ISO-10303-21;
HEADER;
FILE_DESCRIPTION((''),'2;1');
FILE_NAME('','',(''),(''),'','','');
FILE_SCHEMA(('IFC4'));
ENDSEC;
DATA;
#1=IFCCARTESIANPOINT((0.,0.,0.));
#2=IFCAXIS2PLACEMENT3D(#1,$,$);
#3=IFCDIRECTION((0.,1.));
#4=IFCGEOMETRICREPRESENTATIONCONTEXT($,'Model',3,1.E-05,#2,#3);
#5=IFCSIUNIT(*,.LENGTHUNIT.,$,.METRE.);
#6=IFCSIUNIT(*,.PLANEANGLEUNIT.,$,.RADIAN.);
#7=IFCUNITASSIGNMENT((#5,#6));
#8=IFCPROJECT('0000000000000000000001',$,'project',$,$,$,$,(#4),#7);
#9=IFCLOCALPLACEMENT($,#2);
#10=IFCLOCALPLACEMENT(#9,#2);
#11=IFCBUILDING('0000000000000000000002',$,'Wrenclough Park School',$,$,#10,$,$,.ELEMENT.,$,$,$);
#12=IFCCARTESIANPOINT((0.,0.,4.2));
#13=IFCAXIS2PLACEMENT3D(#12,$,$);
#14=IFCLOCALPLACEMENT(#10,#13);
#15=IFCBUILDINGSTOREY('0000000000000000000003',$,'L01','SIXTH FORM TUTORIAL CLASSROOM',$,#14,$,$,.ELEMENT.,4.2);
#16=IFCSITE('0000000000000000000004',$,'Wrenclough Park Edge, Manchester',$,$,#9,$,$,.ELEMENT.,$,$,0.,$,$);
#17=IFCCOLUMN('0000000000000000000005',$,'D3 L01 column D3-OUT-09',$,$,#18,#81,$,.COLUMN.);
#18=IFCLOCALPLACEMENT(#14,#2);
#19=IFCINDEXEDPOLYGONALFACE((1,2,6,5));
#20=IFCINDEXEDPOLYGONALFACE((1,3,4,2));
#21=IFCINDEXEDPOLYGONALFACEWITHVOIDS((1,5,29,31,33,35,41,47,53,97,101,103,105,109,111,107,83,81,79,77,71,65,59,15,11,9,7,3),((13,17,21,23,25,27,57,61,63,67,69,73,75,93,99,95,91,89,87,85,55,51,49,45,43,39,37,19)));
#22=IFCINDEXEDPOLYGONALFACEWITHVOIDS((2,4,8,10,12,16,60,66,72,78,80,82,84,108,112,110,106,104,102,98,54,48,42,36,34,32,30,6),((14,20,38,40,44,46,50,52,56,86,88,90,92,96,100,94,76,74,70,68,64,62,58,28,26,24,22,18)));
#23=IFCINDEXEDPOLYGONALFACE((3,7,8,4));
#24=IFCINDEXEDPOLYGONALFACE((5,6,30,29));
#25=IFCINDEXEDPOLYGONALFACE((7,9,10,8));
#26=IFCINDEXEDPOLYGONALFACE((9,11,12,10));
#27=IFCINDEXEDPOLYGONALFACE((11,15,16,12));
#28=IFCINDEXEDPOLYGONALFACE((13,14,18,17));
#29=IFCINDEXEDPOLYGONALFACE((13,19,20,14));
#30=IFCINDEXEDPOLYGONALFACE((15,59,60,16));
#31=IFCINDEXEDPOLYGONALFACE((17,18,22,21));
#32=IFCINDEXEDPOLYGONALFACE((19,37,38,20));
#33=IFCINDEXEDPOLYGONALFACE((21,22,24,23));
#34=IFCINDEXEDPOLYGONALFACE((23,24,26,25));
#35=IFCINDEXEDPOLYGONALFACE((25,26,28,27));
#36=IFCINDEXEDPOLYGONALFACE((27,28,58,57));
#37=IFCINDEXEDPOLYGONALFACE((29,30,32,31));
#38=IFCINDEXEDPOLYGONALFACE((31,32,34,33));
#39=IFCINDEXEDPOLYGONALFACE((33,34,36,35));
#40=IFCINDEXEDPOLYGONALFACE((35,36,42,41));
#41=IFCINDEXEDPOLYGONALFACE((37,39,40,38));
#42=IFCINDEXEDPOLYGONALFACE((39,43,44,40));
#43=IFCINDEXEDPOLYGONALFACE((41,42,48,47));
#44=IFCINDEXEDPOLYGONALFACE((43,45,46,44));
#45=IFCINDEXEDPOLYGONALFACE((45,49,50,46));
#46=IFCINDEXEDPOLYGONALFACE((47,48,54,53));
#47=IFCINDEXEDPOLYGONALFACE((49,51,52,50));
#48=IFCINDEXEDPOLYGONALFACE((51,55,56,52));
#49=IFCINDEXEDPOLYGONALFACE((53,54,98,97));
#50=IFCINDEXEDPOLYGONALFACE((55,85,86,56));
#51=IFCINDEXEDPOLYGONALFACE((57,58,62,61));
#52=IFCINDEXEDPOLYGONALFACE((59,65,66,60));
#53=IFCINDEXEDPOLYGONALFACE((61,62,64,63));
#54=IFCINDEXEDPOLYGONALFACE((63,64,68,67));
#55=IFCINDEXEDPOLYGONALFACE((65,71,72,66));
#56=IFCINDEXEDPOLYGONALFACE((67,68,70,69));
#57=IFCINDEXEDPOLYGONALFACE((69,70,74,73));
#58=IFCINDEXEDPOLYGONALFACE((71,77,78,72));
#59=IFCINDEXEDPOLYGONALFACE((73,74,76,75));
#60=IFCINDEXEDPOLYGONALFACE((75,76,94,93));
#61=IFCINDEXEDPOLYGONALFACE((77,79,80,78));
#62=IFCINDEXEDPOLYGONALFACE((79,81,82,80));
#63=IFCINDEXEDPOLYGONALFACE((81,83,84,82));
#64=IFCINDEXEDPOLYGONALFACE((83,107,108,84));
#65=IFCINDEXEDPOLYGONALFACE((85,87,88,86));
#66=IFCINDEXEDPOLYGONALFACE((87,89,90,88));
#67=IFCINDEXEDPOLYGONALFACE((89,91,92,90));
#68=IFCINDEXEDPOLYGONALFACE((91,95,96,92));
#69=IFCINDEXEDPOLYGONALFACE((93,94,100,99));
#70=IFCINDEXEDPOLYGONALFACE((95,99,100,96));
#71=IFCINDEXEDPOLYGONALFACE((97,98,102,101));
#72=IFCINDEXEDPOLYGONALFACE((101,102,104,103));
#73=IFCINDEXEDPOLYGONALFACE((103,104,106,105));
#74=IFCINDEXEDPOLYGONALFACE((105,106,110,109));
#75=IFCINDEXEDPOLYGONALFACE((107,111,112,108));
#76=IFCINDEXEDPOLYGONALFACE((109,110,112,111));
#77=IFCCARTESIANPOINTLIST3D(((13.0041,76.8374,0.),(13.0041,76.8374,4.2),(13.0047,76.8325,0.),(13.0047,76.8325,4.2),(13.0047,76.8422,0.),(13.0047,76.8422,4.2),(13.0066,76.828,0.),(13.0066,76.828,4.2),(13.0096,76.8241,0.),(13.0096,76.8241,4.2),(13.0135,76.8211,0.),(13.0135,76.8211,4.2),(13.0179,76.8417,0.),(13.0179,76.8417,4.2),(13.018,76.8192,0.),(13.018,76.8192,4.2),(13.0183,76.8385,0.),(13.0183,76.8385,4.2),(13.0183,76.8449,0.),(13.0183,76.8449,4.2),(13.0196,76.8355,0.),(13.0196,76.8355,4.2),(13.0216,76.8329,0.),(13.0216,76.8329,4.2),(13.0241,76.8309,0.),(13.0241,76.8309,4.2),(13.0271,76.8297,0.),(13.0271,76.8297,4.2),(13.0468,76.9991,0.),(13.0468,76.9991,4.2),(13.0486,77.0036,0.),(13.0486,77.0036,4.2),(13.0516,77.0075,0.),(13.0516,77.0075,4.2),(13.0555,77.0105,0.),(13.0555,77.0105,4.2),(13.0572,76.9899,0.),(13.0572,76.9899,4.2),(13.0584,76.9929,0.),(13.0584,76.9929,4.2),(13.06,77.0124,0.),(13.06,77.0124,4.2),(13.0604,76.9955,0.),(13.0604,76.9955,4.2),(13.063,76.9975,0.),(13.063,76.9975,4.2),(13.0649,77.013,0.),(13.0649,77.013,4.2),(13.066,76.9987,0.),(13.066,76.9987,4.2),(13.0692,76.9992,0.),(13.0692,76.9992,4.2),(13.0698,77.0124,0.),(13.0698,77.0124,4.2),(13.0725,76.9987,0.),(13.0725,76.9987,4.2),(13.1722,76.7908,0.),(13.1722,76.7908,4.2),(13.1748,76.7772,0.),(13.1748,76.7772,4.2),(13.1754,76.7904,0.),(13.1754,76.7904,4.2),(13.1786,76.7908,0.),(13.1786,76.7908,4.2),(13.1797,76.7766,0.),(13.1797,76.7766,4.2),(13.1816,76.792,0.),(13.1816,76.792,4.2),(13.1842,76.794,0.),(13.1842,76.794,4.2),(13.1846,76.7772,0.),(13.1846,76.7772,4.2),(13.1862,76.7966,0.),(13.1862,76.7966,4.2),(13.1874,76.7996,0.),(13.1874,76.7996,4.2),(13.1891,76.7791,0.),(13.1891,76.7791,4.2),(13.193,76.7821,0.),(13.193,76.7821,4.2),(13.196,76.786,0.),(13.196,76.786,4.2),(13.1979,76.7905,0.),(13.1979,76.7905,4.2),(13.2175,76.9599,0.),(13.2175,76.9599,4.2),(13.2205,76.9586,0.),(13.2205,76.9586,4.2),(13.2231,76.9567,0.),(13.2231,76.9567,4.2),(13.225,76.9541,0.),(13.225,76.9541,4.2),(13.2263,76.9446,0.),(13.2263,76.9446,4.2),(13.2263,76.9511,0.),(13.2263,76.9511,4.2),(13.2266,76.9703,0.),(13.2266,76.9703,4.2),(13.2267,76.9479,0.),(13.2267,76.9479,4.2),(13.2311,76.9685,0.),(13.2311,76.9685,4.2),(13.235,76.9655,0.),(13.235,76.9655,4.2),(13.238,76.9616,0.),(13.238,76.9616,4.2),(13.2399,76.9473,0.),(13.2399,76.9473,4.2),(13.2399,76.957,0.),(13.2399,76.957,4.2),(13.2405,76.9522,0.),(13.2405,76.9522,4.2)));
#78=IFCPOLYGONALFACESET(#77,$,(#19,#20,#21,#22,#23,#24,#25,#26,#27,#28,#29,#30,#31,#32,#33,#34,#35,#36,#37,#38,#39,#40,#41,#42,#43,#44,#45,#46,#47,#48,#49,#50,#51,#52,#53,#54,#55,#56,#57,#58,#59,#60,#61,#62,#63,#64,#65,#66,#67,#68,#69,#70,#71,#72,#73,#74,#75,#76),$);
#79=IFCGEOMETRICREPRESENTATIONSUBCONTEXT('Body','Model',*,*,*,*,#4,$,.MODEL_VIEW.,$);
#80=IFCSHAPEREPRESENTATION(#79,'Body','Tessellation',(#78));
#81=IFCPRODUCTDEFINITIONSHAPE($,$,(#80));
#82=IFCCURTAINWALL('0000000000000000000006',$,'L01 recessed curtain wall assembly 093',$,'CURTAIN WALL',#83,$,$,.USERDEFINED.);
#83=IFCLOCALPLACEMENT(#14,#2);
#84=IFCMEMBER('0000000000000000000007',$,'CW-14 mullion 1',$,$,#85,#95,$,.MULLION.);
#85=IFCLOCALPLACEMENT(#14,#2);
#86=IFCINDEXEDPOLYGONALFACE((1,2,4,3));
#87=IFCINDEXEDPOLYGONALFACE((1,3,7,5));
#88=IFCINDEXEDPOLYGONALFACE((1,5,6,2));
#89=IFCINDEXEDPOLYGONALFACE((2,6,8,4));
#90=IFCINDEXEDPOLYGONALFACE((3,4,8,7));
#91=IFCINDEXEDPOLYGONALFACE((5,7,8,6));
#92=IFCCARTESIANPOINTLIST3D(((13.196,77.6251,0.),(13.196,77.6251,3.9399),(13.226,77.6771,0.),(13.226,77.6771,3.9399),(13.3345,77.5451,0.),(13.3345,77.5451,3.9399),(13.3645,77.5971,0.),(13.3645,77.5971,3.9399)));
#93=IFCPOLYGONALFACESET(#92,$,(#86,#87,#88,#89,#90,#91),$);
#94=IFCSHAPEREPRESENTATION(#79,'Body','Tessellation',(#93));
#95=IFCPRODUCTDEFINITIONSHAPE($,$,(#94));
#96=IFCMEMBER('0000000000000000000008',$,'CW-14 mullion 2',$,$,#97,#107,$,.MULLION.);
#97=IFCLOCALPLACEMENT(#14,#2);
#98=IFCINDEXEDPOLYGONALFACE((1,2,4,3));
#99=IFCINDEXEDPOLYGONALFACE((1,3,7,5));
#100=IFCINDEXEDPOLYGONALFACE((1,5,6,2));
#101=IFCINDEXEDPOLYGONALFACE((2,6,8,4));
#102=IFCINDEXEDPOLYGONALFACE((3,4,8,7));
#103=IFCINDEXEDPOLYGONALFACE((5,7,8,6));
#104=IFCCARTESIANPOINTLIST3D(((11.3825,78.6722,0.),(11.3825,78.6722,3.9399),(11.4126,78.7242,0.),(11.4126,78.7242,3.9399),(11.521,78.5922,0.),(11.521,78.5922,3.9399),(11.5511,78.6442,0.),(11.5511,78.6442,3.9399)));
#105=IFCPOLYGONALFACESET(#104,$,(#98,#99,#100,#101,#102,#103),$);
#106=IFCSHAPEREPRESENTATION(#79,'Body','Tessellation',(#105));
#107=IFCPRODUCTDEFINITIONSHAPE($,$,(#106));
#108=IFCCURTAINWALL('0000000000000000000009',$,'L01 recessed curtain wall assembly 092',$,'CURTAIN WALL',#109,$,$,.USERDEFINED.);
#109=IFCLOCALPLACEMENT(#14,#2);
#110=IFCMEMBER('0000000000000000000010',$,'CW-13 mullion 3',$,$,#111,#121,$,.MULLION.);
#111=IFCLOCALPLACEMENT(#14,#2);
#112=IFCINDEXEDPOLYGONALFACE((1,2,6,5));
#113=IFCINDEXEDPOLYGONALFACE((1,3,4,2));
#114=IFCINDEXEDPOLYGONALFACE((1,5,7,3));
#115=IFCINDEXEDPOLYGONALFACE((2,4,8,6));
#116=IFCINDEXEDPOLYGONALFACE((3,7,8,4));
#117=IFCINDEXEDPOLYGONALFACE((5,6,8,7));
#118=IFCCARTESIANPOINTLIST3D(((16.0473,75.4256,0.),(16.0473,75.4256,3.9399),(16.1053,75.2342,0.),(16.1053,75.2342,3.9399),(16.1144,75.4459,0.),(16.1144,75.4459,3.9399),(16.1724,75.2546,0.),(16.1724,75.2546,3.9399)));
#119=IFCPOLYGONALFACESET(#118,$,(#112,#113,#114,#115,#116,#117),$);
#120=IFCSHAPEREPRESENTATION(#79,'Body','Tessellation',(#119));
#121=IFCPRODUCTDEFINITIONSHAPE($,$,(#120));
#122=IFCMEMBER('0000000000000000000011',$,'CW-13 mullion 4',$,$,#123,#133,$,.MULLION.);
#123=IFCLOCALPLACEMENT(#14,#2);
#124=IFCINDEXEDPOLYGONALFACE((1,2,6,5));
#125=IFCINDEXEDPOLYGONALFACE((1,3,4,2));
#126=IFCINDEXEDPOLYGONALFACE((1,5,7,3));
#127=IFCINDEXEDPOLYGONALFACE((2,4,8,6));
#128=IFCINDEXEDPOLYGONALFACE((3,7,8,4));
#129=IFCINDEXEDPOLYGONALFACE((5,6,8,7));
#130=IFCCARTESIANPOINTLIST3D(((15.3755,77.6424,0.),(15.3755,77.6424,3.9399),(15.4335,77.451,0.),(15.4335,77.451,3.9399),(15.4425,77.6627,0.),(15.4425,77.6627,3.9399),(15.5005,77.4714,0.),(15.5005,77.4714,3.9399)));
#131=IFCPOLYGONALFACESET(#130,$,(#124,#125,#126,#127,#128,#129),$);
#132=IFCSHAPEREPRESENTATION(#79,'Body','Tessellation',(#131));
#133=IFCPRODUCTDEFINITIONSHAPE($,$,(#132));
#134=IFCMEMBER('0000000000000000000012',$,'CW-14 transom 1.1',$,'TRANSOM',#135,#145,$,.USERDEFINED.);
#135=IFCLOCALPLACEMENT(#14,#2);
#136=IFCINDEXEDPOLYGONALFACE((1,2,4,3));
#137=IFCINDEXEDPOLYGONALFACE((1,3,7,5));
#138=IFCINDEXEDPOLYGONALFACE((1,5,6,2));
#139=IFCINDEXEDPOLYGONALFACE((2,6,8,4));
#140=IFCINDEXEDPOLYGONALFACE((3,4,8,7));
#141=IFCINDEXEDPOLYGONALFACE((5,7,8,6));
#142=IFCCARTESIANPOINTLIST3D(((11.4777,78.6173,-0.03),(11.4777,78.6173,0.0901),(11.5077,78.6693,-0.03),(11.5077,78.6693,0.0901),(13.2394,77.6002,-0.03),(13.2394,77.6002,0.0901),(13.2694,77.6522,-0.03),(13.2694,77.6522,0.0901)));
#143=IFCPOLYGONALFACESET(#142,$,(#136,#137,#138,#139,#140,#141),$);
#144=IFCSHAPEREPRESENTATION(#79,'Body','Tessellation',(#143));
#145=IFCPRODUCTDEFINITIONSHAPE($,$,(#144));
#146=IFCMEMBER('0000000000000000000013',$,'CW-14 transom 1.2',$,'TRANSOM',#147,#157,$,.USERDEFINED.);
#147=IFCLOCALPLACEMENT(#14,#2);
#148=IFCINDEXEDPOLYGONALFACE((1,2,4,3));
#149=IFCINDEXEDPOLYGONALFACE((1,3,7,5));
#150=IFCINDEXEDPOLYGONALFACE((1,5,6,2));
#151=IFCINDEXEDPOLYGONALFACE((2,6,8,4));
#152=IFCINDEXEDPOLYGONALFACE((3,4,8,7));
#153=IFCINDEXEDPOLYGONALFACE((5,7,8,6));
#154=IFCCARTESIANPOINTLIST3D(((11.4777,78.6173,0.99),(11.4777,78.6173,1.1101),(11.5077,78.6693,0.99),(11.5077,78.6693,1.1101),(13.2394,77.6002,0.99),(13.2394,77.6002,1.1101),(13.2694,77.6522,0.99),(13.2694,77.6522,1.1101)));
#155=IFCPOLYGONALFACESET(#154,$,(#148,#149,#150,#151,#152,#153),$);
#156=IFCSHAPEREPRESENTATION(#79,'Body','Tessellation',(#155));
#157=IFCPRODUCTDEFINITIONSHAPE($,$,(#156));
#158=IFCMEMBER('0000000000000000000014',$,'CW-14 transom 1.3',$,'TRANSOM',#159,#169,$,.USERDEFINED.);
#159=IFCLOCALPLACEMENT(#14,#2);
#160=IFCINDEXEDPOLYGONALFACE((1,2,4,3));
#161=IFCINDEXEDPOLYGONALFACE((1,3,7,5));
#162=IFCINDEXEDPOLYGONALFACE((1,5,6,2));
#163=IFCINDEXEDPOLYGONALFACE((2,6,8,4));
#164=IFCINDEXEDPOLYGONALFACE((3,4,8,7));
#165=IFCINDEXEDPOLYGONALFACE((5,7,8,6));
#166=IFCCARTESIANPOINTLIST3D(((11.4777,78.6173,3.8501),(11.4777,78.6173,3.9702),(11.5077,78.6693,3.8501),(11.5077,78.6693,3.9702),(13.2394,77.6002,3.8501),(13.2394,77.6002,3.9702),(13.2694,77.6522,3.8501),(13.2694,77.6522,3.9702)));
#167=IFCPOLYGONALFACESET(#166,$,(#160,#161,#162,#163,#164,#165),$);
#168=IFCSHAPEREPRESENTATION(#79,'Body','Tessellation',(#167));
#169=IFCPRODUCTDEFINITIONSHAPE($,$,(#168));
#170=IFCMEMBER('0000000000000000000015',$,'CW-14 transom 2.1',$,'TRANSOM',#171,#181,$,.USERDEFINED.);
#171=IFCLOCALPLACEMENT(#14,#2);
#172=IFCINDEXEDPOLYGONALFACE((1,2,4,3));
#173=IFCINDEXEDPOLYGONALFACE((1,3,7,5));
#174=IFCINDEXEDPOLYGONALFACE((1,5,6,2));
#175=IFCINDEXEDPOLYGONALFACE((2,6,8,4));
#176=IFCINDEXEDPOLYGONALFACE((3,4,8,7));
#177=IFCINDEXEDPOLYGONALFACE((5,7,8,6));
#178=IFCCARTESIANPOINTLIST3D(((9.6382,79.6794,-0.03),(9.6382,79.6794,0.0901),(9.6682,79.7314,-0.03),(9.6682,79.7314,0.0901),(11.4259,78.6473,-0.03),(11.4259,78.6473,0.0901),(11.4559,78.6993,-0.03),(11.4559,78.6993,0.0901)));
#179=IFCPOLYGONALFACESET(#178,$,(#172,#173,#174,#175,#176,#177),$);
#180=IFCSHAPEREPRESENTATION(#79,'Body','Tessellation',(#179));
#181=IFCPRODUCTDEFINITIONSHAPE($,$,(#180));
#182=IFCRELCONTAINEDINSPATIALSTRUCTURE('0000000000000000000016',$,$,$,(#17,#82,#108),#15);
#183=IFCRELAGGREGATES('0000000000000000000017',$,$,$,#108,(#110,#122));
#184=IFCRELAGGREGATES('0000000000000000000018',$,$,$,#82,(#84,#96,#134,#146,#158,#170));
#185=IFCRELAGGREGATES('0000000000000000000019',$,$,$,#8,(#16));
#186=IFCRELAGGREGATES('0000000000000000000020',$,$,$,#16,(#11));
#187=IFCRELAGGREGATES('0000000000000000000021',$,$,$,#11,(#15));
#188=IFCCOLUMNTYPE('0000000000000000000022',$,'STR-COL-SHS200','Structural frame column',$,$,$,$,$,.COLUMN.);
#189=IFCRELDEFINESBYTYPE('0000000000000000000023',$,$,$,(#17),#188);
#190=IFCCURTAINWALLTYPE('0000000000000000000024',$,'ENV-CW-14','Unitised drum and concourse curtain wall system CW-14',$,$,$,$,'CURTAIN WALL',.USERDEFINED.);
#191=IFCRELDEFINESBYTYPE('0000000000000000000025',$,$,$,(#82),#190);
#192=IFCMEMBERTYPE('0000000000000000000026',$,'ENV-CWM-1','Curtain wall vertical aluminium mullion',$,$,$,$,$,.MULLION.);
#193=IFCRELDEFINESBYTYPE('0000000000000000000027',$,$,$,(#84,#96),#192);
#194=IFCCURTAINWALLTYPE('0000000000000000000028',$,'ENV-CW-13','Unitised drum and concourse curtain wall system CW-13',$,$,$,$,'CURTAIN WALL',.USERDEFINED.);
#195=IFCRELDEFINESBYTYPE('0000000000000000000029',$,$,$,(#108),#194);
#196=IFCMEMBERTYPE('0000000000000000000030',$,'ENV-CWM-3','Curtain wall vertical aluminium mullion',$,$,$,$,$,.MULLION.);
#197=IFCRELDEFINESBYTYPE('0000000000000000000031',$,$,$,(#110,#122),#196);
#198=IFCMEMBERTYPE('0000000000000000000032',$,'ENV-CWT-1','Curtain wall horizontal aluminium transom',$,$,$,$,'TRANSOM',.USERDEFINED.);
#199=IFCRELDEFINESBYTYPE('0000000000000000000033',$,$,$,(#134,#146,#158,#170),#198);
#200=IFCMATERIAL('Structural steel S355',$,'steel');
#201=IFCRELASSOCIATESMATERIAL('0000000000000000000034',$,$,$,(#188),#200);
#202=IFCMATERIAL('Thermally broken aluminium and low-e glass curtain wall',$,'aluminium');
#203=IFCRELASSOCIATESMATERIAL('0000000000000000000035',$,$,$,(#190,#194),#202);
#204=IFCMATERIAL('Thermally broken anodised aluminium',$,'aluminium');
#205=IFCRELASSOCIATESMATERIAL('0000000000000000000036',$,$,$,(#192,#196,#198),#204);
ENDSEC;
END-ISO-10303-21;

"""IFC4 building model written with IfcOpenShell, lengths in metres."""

from ifc_helpers import new_model, si_unit, direction, frame, origin, origin_2d, place, context, subcontext, project, spatial, rectangle, hollow_rectangle, extrude, material, material_profile, profile_set, type_object, element, aggregate, save


model = new_model("IFC4")

# Units and contexts
model_context = context("Model", 3, precision=1e-05, world=origin(), true_north=direction((0.0, 1.0)))
body_context = subcontext(model_context, "Body", "Model", "MODEL_VIEW")
ifc_project = project(units=[si_unit("LENGTHUNIT", "METRE"), si_unit("PLANEANGLEUNIT", "RADIAN")], contexts=[model_context])

# Site, building, storey
site_placement = place(None, origin())
site = spatial("IfcSite", under=ifc_project, at=site_placement, Name="Wrenclough Park Edge, Manchester", CompositionType="ELEMENT", RefElevation=0.0)
building_placement = place(site_placement, origin())
building = spatial("IfcBuilding", under=site, at=building_placement, Name="Wrenclough Park School", CompositionType="ELEMENT")
storey_placement = place(building_placement, frame((0.0, 0.0, 4.2)))
storey = spatial("IfcBuildingStorey", under=building, at=storey_placement, Name="L01", Description="SIXTH FORM TUTORIAL CLASSROOM", CompositionType="ELEMENT", Elevation=4.2)

# Column
ifc_material_1 = material(Name="Structural steel S355", Category="steel")
ifc_material_profile_1 = material_profile(ifc_material_1, hollow_rectangle(XDim=0.2, YDim=0.2, WallThickness=0.0125, InnerFilletRadius=0.0125, OuterFilletRadius=0.0188, at=origin_2d()), Name="SHS 200x200x12.5")
ifc_profile_set_1 = profile_set([ifc_material_profile_1], Name="Structural steel S355")
column_type = type_object("IfcColumnType", Name="STR-COL-SHS200", Description="Structural frame column", PredefinedType="COLUMN", material=ifc_profile_set_1)
column_placement = place(storey_placement, frame((13.1223, 76.8948, 0.0), z_axis=(0.0, 0.0, 1.0), x_axis=(0.965926, -0.258819, 0.0)))
element("IfcColumn", 1, at=column_placement, inside=storey, type_object=column_type, Name="D3 L01 column D3-OUT-09", PredefinedType="COLUMN", context=body_context, shape_type="SweptSolid", body=[
    extrude(hollow_rectangle(XDim=0.2, YDim=0.2, WallThickness=0.0125, InnerFilletRadius=0.0125, OuterFilletRadius=0.0188, at=origin_2d()), origin(), (0.0, 0.0, 1.0), 4.2),
])

# Curtain walls, members
ifc_material_2 = material(Name="Thermally broken aluminium and low-e glass curtain wall", Category="aluminium")
curtain_wall_type_1 = type_object("IfcCurtainWallType", Name="ENV-CW-14", Description="Unitised drum and concourse curtain wall system CW-14", ElementType="CURTAIN WALL", PredefinedType="USERDEFINED", material=ifc_material_2)
curtain_wall_1_placement = place(storey_placement, origin())
curtain_wall_1 = element("IfcCurtainWall", 2, at=curtain_wall_1_placement, inside=storey, type_object=curtain_wall_type_1, Name="L01 recessed curtain wall assembly 093", ObjectType="CURTAIN WALL", PredefinedType="USERDEFINED")
ifc_material_3 = material(Name="Thermally broken anodised aluminium", Category="aluminium")
ifc_material_profile_2 = material_profile(ifc_material_3, rectangle(XDim=0.0601, YDim=0.1599, at=origin_2d()), Name="AL MULLION 60x160")
ifc_profile_set_2 = profile_set([ifc_material_profile_2], Name="Thermally broken anodised aluminium")
member_type_1 = type_object("IfcMemberType", Name="ENV-CWM-1", Description="Curtain wall vertical aluminium mullion", PredefinedType="MULLION", material=ifc_profile_set_2)
member_1_placement = place(storey_placement, frame((13.2803, 77.6111, 0.0), z_axis=(0.0, 0.0, 1.0), x_axis=(-0.499999, -0.866026, 0.0)))
member_1 = element("IfcMember", 3, at=member_1_placement, type_object=member_type_1, Name="CW-14 mullion 1", PredefinedType="MULLION", context=body_context, shape_type="SweptSolid", body=[
    extrude(rectangle(XDim=0.0601, YDim=0.1599, at=origin_2d()), origin(), (0.0, 0.0, 1.0), 3.9399),
])
member_2_placement = place(storey_placement, frame((11.4668, 78.6582, 0.0), z_axis=(0.0, 0.0, 1.0), x_axis=(-0.499999, -0.866026, 0.0)))
member_2 = element("IfcMember", 4, at=member_2_placement, type_object=member_type_1, Name="CW-14 mullion 2", PredefinedType="MULLION", context=body_context, shape_type="SweptSolid", body=[
    extrude(rectangle(XDim=0.0601, YDim=0.1599, at=origin_2d()), origin(), (0.0, 0.0, 1.0), 3.9399),
])
curtain_wall_type_2 = type_object("IfcCurtainWallType", Name="ENV-CW-13", Description="Unitised drum and concourse curtain wall system CW-13", ElementType="CURTAIN WALL", PredefinedType="USERDEFINED", material=ifc_material_2)
curtain_wall_2_placement = place(storey_placement, origin())
curtain_wall_2 = element("IfcCurtainWall", 5, at=curtain_wall_2_placement, inside=storey, type_object=curtain_wall_type_2, Name="L01 recessed curtain wall assembly 092", ObjectType="CURTAIN WALL", PredefinedType="USERDEFINED")
ifc_material_profile_3 = material_profile(ifc_material_3, rectangle(XDim=0.0701, YDim=0.2, at=origin_2d()), Name="AL MULLION 70x200")
ifc_profile_set_3 = profile_set([ifc_material_profile_3], Name="Thermally broken anodised aluminium")
member_type_2 = type_object("IfcMemberType", Name="ENV-CWM-3", Description="Curtain wall vertical aluminium mullion", PredefinedType="MULLION", material=ifc_profile_set_3)
member_3_placement = place(storey_placement, frame((16.1099, 75.3401, 0.0), z_axis=(0.0, 0.0, 1.0), x_axis=(-0.95703, -0.289988, 0.0)))
member_3 = element("IfcMember", 6, at=member_3_placement, type_object=member_type_2, Name="CW-13 mullion 3", PredefinedType="MULLION", context=body_context, shape_type="SweptSolid", body=[
    extrude(rectangle(XDim=0.0701, YDim=0.2, at=origin_2d()), origin(), (0.0, 0.0, 1.0), 3.9399),
])
member_4_placement = place(storey_placement, frame((15.438, 77.5569, 0.0), z_axis=(0.0, 0.0, 1.0), x_axis=(-0.95703, -0.289988, 0.0)))
member_4 = element("IfcMember", 7, at=member_4_placement, type_object=member_type_2, Name="CW-13 mullion 4", PredefinedType="MULLION", context=body_context, shape_type="SweptSolid", body=[
    extrude(rectangle(XDim=0.0701, YDim=0.2, at=origin_2d()), origin(), (0.0, 0.0, 1.0), 3.9399),
])

# Members
ifc_material_profile_4 = material_profile(ifc_material_3, rectangle(XDim=0.0601, YDim=0.1201, at=origin_2d()), Name="AL TRANSOM 60x120")
ifc_profile_set_4 = profile_set([ifc_material_profile_4], Name="Thermally broken anodised aluminium")
member_type_3 = type_object("IfcMemberType", Name="ENV-CWT-1", Description="Curtain wall horizontal aluminium transom", ElementType="TRANSOM", PredefinedType="USERDEFINED", material=ifc_profile_set_4)
member_5_placement = place(storey_placement, frame((13.2544, 77.6262, 0.03), z_axis=(-0.866034, 0.499986, 0.0), x_axis=(-0.499986, -0.866034, 0.0)))
member_5 = element("IfcMember", 8, at=member_5_placement, type_object=member_type_3, Name="CW-14 transom 1.1", ObjectType="TRANSOM", PredefinedType="USERDEFINED", context=body_context, shape_type="SweptSolid", body=[
    extrude(rectangle(XDim=0.0601, YDim=0.1201, at=origin_2d()), origin(), (0.0, 0.0, 1.0), 2.0342),
])
member_6_placement = place(storey_placement, frame((13.2544, 77.6262, 1.05), z_axis=(-0.866034, 0.499986, 0.0), x_axis=(-0.499986, -0.866034, 0.0)))
member_6 = element("IfcMember", 9, at=member_6_placement, type_object=member_type_3, Name="CW-14 transom 1.2", ObjectType="TRANSOM", PredefinedType="USERDEFINED", context=body_context, shape_type="SweptSolid", body=[
    extrude(rectangle(XDim=0.0601, YDim=0.1201, at=origin_2d()), origin(), (0.0, 0.0, 1.0), 2.0342),
])
member_7_placement = place(storey_placement, frame((13.2544, 77.6262, 3.9102), z_axis=(-0.866034, 0.499986, 0.0), x_axis=(-0.499986, -0.866034, 0.0)))
member_7 = element("IfcMember", 10, at=member_7_placement, type_object=member_type_3, Name="CW-14 transom 1.3", ObjectType="TRANSOM", PredefinedType="USERDEFINED", context=body_context, shape_type="SweptSolid", body=[
    extrude(rectangle(XDim=0.0601, YDim=0.1201, at=origin_2d()), origin(), (0.0, 0.0, 1.0), 2.0342),
])
member_8_placement = place(storey_placement, frame((11.4409, 78.6733, 0.03), z_axis=(-0.866044, 0.499968, 0.0), x_axis=(-0.499968, -0.866044, 0.0)))
member_8 = element("IfcMember", 11, at=member_8_placement, type_object=member_type_3, Name="CW-14 transom 2.1", ObjectType="TRANSOM", PredefinedType="USERDEFINED", context=body_context, shape_type="SweptSolid", body=[
    extrude(rectangle(XDim=0.0601, YDim=0.1201, at=origin_2d()), origin(), (0.0, 0.0, 1.0), 2.0642),
])

aggregate(curtain_wall_2, [member_3, member_4])
aggregate(curtain_wall_1, [member_1, member_2, member_5, member_6, member_7, member_8])

save(model, "model.ifc")
